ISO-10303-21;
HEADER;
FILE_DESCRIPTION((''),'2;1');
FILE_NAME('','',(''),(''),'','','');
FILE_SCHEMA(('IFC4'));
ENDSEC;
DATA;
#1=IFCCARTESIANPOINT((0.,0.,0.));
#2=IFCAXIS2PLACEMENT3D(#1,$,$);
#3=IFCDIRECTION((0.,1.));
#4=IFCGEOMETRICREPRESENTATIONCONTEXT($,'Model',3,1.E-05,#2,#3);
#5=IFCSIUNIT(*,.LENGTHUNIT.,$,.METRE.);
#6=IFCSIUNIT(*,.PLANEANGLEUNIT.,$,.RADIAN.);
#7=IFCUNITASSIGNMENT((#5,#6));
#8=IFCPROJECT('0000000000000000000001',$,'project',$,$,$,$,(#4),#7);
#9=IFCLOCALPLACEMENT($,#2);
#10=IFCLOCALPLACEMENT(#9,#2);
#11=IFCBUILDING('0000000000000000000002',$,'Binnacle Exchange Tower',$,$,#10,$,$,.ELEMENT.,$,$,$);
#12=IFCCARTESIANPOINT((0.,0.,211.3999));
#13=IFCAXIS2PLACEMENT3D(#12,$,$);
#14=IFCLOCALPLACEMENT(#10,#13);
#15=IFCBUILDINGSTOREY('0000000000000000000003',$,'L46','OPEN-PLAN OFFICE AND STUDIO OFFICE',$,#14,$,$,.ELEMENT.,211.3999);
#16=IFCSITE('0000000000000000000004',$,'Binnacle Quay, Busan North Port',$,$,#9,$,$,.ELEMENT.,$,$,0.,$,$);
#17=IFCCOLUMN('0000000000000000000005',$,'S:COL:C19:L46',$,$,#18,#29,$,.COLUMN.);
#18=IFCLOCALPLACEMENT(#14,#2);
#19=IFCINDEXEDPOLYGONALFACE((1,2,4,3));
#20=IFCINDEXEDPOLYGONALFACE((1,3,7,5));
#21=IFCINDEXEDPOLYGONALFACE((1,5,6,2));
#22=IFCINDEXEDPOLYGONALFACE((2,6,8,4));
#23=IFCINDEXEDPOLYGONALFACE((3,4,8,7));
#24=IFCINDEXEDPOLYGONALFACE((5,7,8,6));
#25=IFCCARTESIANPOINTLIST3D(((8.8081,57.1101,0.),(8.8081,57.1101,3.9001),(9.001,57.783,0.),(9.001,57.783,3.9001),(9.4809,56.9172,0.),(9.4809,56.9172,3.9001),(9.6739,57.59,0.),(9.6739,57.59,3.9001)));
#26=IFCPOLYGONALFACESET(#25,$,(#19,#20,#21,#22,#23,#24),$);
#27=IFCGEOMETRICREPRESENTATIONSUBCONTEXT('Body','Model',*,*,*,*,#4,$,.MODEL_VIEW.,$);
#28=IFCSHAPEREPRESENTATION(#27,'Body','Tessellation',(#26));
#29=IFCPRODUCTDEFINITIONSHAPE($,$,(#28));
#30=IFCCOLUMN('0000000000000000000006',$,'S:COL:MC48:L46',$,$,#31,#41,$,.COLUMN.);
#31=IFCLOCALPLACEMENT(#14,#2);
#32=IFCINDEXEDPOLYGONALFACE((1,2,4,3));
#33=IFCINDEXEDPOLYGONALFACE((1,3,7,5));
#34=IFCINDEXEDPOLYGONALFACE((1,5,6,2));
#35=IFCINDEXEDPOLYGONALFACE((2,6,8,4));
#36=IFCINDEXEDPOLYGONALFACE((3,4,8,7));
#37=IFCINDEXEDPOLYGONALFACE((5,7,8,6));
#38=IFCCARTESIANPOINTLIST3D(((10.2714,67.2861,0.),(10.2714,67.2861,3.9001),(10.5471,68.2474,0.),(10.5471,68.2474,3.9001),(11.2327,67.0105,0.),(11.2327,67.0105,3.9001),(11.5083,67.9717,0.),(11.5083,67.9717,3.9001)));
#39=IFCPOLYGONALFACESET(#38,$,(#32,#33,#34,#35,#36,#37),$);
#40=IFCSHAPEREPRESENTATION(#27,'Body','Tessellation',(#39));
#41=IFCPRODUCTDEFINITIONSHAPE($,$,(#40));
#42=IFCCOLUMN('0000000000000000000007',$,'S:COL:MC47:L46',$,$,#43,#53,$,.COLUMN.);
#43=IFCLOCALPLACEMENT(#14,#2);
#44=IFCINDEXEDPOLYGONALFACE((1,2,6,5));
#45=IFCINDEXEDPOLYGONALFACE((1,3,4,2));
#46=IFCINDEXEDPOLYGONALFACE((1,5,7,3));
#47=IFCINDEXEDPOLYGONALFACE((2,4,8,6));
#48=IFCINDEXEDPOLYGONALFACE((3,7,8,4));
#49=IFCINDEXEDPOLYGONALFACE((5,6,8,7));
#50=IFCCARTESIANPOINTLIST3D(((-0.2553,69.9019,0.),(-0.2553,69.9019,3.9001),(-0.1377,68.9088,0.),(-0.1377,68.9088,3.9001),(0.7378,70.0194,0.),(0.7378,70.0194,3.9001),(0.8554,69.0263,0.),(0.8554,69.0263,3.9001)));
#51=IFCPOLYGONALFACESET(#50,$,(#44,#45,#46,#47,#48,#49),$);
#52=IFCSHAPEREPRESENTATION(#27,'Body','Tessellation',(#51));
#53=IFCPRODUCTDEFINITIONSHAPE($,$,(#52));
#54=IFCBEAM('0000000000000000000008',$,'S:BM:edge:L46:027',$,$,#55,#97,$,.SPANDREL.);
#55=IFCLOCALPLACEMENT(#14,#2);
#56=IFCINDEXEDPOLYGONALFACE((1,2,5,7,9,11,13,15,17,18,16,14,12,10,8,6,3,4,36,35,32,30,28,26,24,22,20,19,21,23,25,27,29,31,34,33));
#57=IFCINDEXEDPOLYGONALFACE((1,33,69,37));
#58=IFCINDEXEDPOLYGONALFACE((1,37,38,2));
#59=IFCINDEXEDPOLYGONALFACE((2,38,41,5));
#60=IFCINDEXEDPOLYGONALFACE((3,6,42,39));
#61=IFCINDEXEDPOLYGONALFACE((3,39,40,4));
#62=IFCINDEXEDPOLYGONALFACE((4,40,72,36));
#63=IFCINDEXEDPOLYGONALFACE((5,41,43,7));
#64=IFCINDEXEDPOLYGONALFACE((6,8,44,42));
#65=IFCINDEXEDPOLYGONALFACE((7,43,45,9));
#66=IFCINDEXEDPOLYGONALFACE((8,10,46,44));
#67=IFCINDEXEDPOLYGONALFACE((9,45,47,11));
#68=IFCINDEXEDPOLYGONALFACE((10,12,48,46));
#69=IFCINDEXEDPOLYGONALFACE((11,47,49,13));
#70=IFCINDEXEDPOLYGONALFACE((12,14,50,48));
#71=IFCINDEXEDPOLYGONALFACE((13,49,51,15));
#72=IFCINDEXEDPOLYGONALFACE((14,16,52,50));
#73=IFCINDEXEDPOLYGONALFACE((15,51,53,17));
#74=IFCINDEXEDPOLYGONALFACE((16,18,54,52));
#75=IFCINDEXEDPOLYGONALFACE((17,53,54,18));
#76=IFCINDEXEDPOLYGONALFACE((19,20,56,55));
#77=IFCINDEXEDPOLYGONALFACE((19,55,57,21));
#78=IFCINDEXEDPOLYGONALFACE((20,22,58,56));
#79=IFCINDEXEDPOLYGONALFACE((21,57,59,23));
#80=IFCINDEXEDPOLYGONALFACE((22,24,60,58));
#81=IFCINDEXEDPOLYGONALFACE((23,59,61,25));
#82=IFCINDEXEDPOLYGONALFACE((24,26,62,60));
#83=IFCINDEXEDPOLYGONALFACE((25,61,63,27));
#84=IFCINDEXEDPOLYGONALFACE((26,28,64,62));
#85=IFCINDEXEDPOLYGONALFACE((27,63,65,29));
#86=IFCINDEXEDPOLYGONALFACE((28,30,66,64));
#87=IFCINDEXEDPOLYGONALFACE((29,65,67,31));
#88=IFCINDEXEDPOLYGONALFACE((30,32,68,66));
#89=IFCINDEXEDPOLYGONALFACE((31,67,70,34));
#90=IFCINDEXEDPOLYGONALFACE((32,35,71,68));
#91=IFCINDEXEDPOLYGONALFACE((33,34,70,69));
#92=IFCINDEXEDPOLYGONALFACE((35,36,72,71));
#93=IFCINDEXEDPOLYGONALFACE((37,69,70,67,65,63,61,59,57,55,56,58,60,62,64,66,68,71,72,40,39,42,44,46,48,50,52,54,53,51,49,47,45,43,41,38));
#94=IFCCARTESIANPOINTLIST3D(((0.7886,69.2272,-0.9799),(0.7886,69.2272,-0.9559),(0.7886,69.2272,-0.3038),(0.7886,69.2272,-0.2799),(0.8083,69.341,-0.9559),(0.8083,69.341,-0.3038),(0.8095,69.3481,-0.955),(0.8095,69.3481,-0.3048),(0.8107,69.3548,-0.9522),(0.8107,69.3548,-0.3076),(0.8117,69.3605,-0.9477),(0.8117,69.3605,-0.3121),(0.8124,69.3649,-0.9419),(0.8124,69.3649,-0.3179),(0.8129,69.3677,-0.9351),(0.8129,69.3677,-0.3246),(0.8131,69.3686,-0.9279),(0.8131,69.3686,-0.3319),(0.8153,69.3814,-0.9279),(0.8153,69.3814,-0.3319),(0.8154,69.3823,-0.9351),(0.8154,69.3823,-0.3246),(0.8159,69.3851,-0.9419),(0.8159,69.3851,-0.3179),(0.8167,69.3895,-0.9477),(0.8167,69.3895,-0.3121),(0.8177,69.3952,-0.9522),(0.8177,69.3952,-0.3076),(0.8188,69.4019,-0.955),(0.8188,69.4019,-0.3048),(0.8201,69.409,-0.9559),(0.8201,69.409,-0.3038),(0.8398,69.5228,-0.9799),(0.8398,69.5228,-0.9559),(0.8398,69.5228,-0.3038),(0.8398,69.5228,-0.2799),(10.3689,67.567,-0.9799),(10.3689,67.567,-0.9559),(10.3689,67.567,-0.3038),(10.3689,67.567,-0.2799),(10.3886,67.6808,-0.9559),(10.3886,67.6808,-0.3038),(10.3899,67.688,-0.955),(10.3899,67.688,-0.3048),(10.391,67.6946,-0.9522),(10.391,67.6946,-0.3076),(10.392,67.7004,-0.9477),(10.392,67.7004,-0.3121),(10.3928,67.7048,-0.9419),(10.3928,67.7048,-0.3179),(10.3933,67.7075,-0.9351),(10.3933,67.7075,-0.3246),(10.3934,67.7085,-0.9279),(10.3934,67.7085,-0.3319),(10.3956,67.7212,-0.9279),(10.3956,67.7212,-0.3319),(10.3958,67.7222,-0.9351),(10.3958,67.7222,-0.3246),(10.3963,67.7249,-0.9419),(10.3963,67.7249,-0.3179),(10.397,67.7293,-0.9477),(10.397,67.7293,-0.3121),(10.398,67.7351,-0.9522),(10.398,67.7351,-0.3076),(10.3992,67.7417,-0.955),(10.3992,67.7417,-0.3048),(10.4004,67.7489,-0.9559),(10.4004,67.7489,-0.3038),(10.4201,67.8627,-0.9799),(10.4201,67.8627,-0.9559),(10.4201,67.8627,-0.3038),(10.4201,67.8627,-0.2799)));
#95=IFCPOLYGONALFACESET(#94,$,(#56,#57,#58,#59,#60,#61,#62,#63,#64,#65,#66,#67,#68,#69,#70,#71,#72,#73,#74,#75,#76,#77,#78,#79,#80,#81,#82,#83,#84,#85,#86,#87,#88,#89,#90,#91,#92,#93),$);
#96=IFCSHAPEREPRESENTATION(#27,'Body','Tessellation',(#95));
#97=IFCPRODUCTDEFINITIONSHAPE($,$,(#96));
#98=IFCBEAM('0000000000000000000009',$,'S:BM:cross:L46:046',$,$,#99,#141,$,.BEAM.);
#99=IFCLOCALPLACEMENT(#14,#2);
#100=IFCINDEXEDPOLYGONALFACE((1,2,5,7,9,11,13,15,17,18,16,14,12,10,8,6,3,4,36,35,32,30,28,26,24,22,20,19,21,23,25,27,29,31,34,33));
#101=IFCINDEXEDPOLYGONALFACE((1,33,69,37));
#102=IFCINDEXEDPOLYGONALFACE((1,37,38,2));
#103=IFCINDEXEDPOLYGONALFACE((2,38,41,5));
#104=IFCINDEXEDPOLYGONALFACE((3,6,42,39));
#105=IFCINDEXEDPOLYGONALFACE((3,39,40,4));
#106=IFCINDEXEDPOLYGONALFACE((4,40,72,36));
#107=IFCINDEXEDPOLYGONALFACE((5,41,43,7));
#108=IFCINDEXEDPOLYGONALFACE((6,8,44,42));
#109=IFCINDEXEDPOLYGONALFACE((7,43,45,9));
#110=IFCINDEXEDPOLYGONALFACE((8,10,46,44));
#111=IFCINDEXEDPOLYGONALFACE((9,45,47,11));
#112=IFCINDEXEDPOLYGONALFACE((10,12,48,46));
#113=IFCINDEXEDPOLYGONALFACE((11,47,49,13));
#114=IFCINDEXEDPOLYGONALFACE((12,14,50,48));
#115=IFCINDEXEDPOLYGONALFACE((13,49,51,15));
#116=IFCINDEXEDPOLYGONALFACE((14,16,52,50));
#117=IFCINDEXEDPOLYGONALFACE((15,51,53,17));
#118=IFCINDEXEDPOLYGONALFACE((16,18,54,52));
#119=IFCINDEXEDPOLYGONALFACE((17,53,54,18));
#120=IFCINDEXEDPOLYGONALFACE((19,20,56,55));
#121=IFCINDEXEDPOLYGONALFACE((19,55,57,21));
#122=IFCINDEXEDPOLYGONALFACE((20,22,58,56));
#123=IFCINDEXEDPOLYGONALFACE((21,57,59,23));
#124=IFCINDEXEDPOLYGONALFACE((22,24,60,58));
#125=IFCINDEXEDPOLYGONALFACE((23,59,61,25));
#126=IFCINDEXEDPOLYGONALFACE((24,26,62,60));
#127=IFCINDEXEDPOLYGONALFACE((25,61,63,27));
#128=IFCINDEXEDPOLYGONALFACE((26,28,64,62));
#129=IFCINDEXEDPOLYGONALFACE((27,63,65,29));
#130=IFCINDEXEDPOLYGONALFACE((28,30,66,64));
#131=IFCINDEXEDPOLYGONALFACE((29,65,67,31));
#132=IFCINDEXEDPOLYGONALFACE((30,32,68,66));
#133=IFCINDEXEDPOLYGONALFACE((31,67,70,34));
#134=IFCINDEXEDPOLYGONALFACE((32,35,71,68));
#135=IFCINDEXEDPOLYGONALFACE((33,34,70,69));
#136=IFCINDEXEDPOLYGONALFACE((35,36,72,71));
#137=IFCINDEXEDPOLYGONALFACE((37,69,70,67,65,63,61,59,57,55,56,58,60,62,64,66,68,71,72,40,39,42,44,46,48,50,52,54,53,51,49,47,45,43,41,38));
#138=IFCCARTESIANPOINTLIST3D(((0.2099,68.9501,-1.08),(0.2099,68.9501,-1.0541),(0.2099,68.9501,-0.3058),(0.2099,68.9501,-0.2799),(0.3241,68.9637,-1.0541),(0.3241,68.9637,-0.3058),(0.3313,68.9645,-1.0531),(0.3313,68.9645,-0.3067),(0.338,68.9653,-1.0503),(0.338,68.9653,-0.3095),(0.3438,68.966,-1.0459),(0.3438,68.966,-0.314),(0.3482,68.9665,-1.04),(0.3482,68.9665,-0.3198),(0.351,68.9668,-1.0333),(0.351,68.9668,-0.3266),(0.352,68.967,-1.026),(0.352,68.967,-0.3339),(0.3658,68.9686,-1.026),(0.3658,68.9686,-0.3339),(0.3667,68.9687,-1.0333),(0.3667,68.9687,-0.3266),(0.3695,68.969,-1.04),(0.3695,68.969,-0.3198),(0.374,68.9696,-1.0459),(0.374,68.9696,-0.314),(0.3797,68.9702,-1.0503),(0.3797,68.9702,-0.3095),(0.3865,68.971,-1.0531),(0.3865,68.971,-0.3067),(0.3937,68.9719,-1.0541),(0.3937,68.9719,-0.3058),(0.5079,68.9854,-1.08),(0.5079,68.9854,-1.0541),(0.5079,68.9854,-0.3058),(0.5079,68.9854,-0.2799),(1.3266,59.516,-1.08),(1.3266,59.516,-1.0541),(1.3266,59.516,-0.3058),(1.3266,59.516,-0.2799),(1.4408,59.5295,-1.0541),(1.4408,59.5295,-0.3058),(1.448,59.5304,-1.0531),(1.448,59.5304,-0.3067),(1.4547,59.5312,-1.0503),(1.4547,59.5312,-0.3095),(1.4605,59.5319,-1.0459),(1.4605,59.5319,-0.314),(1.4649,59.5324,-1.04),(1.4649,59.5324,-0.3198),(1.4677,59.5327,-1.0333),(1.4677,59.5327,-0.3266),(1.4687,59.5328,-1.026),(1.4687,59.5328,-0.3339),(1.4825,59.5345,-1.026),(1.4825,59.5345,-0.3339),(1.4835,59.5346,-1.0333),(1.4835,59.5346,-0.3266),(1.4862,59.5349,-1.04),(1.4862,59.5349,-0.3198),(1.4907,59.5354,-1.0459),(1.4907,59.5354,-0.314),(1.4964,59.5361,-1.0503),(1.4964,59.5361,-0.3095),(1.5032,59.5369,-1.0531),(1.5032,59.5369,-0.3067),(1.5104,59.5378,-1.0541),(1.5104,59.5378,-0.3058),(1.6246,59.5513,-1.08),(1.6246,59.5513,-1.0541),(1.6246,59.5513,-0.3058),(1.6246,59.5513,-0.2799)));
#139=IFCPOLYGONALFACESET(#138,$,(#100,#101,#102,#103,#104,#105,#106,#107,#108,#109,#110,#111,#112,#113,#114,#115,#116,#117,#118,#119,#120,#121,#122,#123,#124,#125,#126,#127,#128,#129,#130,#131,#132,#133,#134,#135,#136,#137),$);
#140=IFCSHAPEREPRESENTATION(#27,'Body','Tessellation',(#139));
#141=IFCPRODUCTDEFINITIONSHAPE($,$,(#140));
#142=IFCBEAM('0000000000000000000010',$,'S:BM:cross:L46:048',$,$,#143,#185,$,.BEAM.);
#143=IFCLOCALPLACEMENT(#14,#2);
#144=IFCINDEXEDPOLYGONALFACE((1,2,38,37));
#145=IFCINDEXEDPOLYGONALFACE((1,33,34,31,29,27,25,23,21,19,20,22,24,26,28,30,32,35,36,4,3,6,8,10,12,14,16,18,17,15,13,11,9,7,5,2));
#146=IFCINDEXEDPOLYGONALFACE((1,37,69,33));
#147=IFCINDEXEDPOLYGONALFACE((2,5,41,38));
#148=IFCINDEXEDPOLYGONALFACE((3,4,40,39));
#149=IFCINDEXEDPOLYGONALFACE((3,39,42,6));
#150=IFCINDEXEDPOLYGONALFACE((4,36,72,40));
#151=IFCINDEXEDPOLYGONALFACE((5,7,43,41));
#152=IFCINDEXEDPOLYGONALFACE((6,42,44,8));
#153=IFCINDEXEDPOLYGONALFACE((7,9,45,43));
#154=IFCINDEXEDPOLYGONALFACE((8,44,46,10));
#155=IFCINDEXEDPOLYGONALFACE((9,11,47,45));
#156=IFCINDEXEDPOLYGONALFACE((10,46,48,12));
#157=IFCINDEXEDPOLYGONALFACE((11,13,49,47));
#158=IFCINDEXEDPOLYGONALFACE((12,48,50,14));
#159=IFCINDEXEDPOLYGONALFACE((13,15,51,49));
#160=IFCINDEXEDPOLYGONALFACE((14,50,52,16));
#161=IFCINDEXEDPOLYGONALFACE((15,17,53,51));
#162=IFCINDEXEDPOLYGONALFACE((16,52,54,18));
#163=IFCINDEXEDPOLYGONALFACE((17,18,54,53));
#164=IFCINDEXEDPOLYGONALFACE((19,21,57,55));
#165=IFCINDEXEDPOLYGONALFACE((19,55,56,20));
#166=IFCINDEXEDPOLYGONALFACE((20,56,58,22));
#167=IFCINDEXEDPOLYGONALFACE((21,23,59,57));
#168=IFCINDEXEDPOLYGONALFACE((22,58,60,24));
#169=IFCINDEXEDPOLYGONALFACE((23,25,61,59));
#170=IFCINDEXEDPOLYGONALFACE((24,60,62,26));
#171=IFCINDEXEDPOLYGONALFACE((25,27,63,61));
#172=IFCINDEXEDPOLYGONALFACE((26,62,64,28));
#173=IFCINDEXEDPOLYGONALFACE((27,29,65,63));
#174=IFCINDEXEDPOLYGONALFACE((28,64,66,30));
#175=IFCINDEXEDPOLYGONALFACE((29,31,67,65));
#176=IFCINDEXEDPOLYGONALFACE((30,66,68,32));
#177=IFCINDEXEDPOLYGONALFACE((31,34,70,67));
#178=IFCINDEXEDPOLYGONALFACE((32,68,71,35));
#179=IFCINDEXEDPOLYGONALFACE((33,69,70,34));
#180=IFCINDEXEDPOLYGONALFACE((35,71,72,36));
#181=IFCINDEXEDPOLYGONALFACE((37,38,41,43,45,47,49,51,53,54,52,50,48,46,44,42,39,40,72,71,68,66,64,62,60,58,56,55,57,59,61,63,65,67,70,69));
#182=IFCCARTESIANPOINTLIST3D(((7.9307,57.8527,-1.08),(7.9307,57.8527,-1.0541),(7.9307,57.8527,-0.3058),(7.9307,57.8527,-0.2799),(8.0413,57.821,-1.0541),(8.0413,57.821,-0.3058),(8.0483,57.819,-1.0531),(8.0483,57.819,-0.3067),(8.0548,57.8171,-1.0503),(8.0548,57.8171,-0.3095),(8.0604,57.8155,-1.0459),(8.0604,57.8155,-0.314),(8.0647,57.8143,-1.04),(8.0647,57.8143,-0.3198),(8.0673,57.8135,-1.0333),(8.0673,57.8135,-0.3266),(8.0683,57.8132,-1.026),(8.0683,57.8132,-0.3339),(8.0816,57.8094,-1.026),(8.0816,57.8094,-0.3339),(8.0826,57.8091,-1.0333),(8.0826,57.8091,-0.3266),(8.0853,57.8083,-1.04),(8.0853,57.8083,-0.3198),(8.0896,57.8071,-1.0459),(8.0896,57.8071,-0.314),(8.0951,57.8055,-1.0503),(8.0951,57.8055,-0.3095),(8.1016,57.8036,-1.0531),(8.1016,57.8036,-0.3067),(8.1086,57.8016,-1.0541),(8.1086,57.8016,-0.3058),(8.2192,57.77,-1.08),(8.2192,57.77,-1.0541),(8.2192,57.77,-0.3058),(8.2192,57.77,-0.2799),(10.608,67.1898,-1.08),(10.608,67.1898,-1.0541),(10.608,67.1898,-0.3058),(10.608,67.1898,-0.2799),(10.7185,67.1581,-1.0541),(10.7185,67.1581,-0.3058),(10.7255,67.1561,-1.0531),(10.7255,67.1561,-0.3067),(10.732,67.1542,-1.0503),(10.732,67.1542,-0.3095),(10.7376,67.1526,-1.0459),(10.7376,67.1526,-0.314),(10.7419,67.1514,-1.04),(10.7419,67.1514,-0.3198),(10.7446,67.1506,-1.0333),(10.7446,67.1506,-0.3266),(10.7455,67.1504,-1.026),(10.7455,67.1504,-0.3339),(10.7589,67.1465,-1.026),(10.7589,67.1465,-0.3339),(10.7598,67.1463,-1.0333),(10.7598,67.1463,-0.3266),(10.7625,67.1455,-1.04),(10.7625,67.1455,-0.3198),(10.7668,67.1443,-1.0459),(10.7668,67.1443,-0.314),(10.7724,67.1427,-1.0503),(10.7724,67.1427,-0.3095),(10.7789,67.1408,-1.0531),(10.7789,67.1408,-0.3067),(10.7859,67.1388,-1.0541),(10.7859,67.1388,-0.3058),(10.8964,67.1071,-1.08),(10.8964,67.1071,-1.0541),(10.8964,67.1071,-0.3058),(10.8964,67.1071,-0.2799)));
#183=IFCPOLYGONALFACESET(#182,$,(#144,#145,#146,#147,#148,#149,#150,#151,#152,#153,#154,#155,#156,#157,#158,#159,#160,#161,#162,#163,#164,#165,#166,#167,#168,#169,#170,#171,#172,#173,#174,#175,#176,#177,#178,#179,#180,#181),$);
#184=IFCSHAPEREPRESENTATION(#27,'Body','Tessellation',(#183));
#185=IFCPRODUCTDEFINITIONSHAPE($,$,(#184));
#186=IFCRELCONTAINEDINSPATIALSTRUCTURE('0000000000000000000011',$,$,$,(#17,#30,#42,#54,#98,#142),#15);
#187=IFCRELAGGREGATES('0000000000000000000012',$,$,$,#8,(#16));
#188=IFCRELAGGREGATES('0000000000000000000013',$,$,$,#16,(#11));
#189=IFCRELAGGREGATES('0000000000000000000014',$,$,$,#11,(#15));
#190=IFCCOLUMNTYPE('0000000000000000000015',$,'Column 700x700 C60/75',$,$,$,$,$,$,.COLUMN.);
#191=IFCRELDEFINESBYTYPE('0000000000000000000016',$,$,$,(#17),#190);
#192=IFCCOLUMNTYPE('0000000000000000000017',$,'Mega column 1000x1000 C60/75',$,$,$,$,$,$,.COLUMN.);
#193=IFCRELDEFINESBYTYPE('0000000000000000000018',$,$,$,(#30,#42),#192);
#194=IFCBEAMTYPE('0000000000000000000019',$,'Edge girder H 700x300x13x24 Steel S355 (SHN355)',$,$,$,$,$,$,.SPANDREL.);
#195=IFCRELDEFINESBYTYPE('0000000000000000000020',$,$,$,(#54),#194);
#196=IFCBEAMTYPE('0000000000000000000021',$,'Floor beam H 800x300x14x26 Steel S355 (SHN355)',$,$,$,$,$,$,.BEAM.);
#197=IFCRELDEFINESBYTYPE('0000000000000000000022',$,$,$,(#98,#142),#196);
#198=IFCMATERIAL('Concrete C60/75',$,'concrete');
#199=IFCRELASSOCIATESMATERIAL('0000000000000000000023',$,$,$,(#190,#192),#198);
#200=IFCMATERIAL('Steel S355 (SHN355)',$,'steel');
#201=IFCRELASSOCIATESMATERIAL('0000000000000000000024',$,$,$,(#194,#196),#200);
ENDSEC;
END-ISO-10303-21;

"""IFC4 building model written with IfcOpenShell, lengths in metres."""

from ifc_helpers import new_model, si_unit, direction, frame, origin, origin_2d, place, context, subcontext, project, spatial, rectangle, i_section, extrude, material, material_profile, profile_set, type_object, element, save


model = new_model("IFC4")

# Units and contexts
model_context = context("Model", 3, precision=1e-05, world=origin(), true_north=direction((0.0, 1.0)))
body_context = subcontext(model_context, "Body", "Model", "MODEL_VIEW")
ifc_project = project(units=[si_unit("LENGTHUNIT", "METRE"), si_unit("PLANEANGLEUNIT", "RADIAN")], contexts=[model_context])

# Site, building, storey
site_placement = place(None, origin())
site = spatial("IfcSite", under=ifc_project, at=site_placement, Name="Binnacle Quay, Busan North Port", CompositionType="ELEMENT", RefElevation=0.0)
building_placement = place(site_placement, origin())
building = spatial("IfcBuilding", under=site, at=building_placement, Name="Binnacle Exchange Tower", CompositionType="ELEMENT")
storey_placement = place(building_placement, frame((0.0, 0.0, 211.3999)))
storey = spatial("IfcBuildingStorey", under=building, at=storey_placement, Name="L46", Description="OPEN-PLAN OFFICE AND STUDIO OFFICE", CompositionType="ELEMENT", Elevation=211.3999)

# Columns
ifc_material_1 = material(Name="Concrete C60/75", Category="concrete")
ifc_material_profile_1 = material_profile(ifc_material_1, rectangle(XDim=0.7, YDim=0.7, at=origin_2d()), Name="Column 700x700 C60/75")
ifc_profile_set_1 = profile_set([ifc_material_profile_1], Name="Concrete C60/75")
column_type_1 = type_object("IfcColumnType", Name="Column 700x700 C60/75", PredefinedType="COLUMN", material=ifc_profile_set_1)
column_placement = place(storey_placement, frame((9.241, 57.3501, 0.0), z_axis=(0.0, 0.0, 1.0), x_axis=(0.961262, -0.275637, 0.0)))
element("IfcColumn", 1, at=column_placement, inside=storey, type_object=column_type_1, Name="S:COL:C19:L46", PredefinedType="COLUMN", context=body_context, shape_type="SweptSolid", body=[
    extrude(rectangle(XDim=0.7, YDim=0.7, at=origin_2d()), origin(), (0.0, 0.0, 1.0), 3.9001),
])
ifc_material_profile_2 = material_profile(ifc_material_1, rectangle(XDim=1.0, YDim=1.0, at=origin_2d()), Name="Mega column 1000x1000 C60/75")
ifc_profile_set_2 = profile_set([ifc_material_profile_2], Name="Concrete C60/75")
column_type_2 = type_object("IfcColumnType", Name="Mega column 1000x1000 C60/75", PredefinedType="COLUMN", material=ifc_profile_set_2)
for number, where, z_axis, x_axis, name in (
    (2, (10.8899, 67.6289, 0.0), (0.0, 0.0, 1.0), (-0.961262, 0.275637, 0.0), "S:COL:MC48:L46"),
    (3, (0.3, 69.4641, 0.0), (0.0, 0.0, 1.0), (-0.993068, -0.117537, 0.0), "S:COL:MC47:L46"),
):
    element("IfcColumn", number, at=place(storey_placement, frame(where, z_axis=z_axis, x_axis=x_axis)), inside=storey, type_object=column_type_2, Name=name, PredefinedType="COLUMN", context=body_context, shape_type="SweptSolid", body=[
        extrude(rectangle(XDim=1.0, YDim=1.0, at=origin_2d()), origin(), (0.0, 0.0, 1.0), 3.9001),
    ])

# Beams
ifc_material_2 = material(Name="Steel S355 (SHN355)", Category="steel")
ifc_material_profile_3 = material_profile(ifc_material_2, i_section(OverallWidth=0.3, OverallDepth=0.7, WebThickness=0.0129, FlangeThickness=0.0239, FilletRadius=0.0281, at=origin_2d()), Name="H 700x300x13x24")
ifc_profile_set_3 = profile_set([ifc_material_profile_3], Name="Steel S355 (SHN355)")
beam_type_1 = type_object("IfcBeamType", Name="Edge girder H 700x300x13x24 Steel S355 (SHN355)", PredefinedType="SPANDREL", material=ifc_profile_set_3)
beam_1_placement = place(storey_placement, frame((10.3945, 67.7148, -0.6299), z_axis=(-0.985316, 0.170743, 0.0), x_axis=(-0.170743, -0.985316, 0.0)))
element("IfcBeam", 4, at=beam_1_placement, inside=storey, type_object=beam_type_1, Name="S:BM:edge:L46:027", PredefinedType="SPANDREL", context=body_context, shape_type="SweptSolid", body=[
    extrude(i_section(OverallWidth=0.3, OverallDepth=0.7, WebThickness=0.0129, FlangeThickness=0.0239, FilletRadius=0.0281, at=origin_2d()), origin(), (0.0, 0.0, 1.0), 9.7231),
])
ifc_material_profile_4 = material_profile(ifc_material_2, i_section(OverallWidth=0.3, OverallDepth=0.8, WebThickness=0.0139, FlangeThickness=0.0259, FilletRadius=0.0281, at=origin_2d()), Name="H 800x300x14x26")
ifc_profile_set_4 = profile_set([ifc_material_profile_4], Name="Steel S355 (SHN355)")
beam_type_2 = type_object("IfcBeamType", Name="Floor beam H 800x300x14x26 Steel S355 (SHN355)", PredefinedType="BEAM", material=ifc_profile_set_4)
beam_2_placement = place(storey_placement, frame((0.3589, 68.9678, -0.6799), z_axis=(0.117548, -0.993067, 0.0), x_axis=(0.993067, 0.117548, 0.0)))
element("IfcBeam", 5, at=beam_2_placement, inside=storey, type_object=beam_type_2, Name="S:BM:cross:L46:046", PredefinedType="BEAM", context=body_context, shape_type="SweptSolid", body=[
    extrude(i_section(OverallWidth=0.3, OverallDepth=0.8, WebThickness=0.0139, FlangeThickness=0.0259, FilletRadius=0.0281, at=origin_2d()), origin(), (0.0, 0.0, 1.0), 9.5),
])
beam_3_placement = place(storey_placement, frame((10.7522, 67.1484, -0.6799), z_axis=(-0.275624, -0.961266, 0.0), x_axis=(0.961266, -0.275624, 0.0)))
element("IfcBeam", 6, at=beam_3_placement, inside=storey, type_object=beam_type_2, Name="S:BM:cross:L46:048", PredefinedType="BEAM", context=body_context, shape_type="SweptSolid", body=[
    extrude(i_section(OverallWidth=0.3, OverallDepth=0.8, WebThickness=0.0139, FlangeThickness=0.0259, FilletRadius=0.0281, at=origin_2d()), origin(), (0.0, 0.0, 1.0), 9.7134),
])

save(model, "model.ifc")
